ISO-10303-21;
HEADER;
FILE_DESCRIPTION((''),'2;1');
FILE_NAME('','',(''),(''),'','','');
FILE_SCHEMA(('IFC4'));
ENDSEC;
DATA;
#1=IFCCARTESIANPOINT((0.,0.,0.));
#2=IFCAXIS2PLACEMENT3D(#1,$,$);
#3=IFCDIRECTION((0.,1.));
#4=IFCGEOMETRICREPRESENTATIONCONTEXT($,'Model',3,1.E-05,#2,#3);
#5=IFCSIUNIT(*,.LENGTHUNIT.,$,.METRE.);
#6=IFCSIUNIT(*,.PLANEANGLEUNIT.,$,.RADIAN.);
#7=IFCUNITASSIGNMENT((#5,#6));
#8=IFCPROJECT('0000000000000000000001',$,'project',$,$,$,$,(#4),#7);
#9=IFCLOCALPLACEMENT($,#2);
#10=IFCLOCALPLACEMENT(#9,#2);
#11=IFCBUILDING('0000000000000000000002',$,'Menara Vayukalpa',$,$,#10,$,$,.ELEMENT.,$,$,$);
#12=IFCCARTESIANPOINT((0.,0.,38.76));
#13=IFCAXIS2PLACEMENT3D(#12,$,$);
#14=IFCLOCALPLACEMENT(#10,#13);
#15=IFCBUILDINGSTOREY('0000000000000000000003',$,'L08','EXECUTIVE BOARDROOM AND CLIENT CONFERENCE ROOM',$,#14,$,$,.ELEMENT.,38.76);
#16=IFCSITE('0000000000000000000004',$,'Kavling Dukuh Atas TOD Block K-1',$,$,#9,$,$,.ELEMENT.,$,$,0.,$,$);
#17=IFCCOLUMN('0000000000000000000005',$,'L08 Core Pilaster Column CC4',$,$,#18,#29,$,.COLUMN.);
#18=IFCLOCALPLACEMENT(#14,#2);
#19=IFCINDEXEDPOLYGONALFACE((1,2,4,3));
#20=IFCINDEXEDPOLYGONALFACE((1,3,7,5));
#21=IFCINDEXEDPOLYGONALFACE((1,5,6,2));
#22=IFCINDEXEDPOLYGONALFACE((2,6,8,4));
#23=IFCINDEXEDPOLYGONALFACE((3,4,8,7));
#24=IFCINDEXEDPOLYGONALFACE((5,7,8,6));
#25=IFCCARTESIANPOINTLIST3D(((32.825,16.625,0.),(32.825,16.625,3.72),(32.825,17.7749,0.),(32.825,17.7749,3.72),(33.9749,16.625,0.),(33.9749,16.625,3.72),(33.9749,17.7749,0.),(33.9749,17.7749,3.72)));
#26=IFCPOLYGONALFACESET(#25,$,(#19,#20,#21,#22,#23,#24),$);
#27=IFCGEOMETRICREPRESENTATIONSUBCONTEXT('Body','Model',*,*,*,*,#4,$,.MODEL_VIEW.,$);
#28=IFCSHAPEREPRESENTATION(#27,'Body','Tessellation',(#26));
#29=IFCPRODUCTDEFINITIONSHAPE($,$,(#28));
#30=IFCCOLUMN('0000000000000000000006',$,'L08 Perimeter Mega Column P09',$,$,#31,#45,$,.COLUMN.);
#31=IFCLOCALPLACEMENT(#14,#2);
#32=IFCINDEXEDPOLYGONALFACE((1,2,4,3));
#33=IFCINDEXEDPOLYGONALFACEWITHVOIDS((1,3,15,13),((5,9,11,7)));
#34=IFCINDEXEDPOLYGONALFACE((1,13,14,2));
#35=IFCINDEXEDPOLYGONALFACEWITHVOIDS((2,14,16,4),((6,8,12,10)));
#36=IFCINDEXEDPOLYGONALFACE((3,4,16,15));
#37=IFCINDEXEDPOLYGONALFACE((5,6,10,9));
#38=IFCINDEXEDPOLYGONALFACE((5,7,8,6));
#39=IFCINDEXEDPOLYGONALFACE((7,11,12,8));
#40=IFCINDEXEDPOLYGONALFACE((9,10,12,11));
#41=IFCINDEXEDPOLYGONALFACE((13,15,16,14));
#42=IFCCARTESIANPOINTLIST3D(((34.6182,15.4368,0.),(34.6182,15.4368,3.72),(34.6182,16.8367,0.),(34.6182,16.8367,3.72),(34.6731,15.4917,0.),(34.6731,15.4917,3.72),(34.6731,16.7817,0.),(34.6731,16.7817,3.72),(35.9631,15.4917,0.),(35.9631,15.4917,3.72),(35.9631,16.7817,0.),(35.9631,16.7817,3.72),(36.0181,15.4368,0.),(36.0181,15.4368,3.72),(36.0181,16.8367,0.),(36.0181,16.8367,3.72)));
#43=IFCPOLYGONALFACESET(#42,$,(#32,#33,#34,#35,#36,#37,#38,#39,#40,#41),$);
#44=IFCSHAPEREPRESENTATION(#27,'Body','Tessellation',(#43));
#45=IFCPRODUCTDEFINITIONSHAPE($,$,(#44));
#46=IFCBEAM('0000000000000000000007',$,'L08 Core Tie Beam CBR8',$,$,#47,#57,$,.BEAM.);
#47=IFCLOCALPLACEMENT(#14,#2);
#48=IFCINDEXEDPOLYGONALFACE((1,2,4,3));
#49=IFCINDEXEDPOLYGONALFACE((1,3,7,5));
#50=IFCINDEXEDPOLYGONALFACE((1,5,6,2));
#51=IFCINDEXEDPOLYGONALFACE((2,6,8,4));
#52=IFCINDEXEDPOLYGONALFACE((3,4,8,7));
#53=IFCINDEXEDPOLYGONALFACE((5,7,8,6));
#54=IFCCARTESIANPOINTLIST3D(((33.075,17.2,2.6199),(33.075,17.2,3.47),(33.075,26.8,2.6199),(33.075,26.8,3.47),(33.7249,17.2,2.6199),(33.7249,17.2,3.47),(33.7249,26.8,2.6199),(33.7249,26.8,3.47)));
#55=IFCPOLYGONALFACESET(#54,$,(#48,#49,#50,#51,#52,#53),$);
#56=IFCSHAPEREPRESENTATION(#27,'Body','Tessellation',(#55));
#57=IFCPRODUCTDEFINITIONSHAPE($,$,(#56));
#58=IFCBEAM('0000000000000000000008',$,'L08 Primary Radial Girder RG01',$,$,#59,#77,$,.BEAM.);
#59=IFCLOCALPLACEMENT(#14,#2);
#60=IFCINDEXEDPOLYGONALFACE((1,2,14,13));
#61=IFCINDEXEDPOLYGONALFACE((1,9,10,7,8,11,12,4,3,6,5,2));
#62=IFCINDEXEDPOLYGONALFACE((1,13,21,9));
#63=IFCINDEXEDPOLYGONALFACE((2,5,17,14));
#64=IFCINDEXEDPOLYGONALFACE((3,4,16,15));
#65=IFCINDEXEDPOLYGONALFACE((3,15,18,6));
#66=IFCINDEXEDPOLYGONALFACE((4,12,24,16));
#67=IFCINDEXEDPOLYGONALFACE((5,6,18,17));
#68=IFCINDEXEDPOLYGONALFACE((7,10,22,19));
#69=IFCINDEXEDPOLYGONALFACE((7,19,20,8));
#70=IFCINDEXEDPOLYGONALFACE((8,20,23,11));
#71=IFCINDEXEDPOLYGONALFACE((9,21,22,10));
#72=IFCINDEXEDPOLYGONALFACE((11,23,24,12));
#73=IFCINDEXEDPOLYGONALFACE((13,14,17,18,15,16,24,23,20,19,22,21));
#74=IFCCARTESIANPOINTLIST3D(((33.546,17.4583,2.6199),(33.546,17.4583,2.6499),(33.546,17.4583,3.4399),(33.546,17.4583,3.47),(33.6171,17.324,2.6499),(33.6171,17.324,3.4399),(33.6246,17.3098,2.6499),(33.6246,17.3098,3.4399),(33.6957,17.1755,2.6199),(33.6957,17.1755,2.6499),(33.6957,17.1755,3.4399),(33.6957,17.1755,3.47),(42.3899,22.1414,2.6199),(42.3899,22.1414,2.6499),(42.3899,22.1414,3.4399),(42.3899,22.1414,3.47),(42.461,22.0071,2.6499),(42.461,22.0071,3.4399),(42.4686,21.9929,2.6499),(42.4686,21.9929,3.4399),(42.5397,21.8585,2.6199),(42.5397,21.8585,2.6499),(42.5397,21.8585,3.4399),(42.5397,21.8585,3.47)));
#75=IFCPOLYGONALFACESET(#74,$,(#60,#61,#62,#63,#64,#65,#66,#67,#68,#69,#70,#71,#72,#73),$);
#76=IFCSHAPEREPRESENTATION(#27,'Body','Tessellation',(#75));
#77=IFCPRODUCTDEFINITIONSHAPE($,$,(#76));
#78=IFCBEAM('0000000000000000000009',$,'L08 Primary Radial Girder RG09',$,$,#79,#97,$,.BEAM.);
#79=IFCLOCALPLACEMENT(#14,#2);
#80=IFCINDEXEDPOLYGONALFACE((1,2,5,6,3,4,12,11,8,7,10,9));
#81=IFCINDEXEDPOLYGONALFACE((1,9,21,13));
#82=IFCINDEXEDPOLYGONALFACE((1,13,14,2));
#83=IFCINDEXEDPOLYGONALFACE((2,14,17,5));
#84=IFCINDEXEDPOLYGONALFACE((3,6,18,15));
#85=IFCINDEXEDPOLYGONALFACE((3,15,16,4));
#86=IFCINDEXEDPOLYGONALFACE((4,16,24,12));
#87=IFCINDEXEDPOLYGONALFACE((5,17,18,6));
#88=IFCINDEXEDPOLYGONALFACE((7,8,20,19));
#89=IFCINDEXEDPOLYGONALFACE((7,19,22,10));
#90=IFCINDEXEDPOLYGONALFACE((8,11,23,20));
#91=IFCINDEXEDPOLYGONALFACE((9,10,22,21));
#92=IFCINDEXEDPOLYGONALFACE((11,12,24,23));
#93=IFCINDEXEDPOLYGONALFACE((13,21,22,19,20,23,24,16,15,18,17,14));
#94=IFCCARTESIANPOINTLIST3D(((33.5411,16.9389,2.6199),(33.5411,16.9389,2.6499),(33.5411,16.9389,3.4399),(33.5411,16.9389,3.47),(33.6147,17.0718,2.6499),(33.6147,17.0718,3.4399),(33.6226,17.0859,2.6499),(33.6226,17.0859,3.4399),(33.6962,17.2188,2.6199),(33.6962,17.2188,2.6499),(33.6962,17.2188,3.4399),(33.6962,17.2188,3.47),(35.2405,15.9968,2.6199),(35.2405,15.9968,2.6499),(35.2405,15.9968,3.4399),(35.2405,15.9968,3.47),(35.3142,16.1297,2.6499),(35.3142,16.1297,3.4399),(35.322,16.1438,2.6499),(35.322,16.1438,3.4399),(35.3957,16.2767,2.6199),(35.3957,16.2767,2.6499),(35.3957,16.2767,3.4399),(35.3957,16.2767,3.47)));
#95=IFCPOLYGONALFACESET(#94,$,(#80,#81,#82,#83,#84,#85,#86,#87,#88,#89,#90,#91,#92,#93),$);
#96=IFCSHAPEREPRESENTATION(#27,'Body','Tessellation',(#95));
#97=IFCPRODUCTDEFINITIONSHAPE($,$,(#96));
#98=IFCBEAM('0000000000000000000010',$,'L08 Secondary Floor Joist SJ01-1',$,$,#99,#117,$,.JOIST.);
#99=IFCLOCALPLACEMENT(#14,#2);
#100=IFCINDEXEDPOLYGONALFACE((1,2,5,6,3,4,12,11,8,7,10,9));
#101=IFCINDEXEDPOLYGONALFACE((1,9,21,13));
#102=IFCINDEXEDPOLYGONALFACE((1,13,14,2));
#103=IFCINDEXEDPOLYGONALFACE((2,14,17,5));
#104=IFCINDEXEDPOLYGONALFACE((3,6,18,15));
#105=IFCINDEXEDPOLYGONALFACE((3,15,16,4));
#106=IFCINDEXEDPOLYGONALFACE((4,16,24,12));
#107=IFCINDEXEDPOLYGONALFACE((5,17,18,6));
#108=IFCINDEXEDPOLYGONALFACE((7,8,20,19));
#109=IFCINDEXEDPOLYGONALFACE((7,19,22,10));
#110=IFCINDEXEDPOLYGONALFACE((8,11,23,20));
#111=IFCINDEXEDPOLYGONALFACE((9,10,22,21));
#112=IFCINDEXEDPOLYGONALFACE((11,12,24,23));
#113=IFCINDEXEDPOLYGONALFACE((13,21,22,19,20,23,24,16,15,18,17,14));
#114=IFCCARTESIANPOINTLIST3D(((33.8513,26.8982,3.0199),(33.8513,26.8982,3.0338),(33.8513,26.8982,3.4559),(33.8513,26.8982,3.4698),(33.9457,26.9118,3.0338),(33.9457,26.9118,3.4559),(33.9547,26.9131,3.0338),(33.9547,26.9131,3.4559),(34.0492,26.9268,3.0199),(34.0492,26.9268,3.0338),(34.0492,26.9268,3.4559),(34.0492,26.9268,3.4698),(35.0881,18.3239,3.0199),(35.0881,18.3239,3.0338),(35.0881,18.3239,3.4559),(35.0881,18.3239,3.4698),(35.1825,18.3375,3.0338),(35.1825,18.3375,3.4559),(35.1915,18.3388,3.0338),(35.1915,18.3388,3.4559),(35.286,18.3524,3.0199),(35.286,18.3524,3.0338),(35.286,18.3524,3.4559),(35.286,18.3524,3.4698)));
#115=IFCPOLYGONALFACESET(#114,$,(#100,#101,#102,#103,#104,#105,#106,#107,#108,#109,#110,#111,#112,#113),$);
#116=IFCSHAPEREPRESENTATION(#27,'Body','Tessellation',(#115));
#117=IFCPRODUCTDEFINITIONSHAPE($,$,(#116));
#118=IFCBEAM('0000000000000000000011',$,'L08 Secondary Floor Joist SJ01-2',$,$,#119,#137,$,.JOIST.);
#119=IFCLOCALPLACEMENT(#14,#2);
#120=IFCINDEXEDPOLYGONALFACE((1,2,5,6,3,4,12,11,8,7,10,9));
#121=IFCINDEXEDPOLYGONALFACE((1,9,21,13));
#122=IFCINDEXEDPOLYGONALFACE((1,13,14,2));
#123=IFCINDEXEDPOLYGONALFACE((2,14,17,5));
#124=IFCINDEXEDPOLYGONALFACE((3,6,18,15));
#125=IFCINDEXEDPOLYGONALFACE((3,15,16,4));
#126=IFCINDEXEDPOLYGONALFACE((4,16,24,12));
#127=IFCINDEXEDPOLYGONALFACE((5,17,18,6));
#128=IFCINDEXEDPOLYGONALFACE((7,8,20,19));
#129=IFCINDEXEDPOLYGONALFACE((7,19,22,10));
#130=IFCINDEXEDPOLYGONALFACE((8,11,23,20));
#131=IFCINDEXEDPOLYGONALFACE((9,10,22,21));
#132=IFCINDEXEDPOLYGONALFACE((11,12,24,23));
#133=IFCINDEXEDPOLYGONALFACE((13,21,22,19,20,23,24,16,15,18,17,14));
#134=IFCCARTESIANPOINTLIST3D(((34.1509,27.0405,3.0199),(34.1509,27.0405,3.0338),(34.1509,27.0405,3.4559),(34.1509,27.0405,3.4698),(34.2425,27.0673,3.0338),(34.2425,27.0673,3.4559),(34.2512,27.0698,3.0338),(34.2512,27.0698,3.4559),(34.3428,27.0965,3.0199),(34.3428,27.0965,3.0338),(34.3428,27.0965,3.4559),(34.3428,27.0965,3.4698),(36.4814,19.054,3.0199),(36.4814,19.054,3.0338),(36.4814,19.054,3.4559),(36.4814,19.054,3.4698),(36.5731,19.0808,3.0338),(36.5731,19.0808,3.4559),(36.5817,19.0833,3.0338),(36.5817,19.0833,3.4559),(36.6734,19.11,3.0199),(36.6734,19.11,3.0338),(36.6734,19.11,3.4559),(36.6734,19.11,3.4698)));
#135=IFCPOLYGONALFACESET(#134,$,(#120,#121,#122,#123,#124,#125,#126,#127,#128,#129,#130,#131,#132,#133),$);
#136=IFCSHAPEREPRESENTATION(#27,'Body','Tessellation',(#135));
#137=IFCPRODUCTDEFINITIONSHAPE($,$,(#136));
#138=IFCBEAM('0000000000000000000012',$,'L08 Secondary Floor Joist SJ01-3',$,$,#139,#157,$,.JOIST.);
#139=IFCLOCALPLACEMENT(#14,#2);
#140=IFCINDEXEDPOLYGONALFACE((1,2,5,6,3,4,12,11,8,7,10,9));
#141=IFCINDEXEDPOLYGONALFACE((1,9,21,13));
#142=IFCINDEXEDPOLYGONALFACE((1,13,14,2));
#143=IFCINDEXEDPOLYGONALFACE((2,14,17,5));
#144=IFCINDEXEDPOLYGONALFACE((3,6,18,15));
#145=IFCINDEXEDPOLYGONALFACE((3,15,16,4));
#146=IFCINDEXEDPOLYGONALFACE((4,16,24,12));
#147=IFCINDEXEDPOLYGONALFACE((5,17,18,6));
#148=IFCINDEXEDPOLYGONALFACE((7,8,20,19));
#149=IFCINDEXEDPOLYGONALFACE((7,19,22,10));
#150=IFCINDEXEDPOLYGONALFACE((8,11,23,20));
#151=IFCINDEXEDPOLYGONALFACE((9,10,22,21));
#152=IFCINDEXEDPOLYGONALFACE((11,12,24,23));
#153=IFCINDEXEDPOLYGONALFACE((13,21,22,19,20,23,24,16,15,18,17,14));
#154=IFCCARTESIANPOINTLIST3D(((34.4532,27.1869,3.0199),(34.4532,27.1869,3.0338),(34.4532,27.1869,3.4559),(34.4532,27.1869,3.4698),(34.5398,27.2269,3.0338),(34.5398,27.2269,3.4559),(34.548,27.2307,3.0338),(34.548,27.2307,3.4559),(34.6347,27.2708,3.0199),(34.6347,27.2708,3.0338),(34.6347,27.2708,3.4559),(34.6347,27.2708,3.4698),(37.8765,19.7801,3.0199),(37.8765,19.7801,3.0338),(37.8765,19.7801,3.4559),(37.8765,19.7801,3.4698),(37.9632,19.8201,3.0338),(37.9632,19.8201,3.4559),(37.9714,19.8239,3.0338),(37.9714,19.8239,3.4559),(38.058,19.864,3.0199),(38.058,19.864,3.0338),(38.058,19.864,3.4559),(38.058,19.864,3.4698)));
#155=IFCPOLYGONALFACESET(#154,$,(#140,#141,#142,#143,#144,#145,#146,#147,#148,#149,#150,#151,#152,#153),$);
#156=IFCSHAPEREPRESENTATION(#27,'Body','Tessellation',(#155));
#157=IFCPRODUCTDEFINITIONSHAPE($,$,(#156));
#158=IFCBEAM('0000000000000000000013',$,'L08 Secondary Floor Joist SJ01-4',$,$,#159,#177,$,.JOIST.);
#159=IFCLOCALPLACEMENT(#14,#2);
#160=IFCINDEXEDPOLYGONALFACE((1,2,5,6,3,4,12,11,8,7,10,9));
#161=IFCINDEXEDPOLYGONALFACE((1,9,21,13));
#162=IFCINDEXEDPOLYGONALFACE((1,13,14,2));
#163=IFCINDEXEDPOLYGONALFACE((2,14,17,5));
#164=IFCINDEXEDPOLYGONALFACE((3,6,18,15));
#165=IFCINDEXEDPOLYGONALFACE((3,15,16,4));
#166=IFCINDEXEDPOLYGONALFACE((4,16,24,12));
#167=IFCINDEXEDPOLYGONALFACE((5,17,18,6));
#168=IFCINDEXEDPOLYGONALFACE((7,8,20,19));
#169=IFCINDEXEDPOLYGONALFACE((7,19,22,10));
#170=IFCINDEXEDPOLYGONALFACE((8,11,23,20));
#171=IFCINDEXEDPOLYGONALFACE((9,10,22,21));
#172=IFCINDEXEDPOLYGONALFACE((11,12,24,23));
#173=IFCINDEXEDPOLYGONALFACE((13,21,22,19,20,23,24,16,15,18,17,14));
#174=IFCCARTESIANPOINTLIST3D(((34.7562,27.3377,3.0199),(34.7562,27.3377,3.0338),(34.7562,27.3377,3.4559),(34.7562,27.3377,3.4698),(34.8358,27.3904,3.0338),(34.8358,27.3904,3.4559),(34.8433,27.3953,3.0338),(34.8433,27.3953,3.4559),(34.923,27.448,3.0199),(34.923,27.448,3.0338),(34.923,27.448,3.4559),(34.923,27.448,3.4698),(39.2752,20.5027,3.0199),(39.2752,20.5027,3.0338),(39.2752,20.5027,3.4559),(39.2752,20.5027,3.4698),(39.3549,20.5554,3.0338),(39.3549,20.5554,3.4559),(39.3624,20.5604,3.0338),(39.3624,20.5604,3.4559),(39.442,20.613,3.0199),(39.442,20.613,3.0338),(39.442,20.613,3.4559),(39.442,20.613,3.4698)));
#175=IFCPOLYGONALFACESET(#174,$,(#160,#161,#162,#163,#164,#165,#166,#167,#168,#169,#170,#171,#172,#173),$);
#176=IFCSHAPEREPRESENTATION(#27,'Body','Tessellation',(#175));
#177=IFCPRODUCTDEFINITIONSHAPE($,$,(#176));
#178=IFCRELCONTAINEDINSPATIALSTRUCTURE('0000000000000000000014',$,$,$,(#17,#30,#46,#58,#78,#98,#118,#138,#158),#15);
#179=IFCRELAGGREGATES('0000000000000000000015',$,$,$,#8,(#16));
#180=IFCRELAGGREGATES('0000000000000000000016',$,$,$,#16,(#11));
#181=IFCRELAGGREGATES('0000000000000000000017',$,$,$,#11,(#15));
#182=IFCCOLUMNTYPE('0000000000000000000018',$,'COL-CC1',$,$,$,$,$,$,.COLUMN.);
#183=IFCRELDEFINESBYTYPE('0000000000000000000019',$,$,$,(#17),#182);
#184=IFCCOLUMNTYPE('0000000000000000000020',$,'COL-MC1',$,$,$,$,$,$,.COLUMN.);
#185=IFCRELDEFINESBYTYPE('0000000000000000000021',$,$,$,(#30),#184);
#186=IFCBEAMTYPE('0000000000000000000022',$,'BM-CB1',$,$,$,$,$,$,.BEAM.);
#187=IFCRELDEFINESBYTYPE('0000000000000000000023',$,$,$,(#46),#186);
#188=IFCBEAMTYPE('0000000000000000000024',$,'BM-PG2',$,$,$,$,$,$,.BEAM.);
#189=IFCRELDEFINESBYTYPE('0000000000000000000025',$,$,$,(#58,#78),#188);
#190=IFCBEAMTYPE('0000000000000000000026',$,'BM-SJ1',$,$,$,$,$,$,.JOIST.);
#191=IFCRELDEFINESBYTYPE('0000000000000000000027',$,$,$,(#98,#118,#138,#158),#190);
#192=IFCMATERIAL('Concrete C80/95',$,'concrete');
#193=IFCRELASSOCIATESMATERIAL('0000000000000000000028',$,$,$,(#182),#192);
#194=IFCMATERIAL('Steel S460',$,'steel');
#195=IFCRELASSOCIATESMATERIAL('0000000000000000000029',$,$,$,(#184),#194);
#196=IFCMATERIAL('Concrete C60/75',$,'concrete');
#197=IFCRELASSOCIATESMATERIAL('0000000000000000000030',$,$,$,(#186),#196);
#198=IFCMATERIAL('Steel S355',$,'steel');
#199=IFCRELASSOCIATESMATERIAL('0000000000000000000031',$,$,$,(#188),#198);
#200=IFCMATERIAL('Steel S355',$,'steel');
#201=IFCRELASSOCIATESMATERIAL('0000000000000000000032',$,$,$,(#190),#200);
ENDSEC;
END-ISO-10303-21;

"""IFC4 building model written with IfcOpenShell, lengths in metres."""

from ifc_helpers import new_model, si_unit, direction, frame, origin, origin_2d, place, context, subcontext, project, spatial, rectangle, hollow_rectangle, i_section, extrude, material, material_profile, profile_set, type_object, element, save


model = new_model("IFC4")

# Units and contexts
model_context = context("Model", 3, precision=1e-05, world=origin(), true_north=direction((0.0, 1.0)))
body_context = subcontext(model_context, "Body", "Model", "MODEL_VIEW")
ifc_project = project(units=[si_unit("LENGTHUNIT", "METRE"), si_unit("PLANEANGLEUNIT", "RADIAN")], contexts=[model_context])

# Site, building, storey
site_placement = place(None, origin())
site = spatial("IfcSite", under=ifc_project, at=site_placement, Name="Kavling Dukuh Atas TOD Block K-1", CompositionType="ELEMENT", RefElevation=0.0)
building_placement = place(site_placement, origin())
building = spatial("IfcBuilding", under=site, at=building_placement, Name="Menara Vayukalpa", CompositionType="ELEMENT")
storey_placement = place(building_placement, frame((0.0, 0.0, 38.76)))
storey = spatial("IfcBuildingStorey", under=building, at=storey_placement, Name="L08", Description="EXECUTIVE BOARDROOM AND CLIENT CONFERENCE ROOM", CompositionType="ELEMENT", Elevation=38.76)

# Columns
ifc_material_1 = material(Name="Concrete C80/95", Category="concrete")
ifc_material_profile_1 = material_profile(ifc_material_1, rectangle(XDim=1.1499, YDim=1.1499, at=origin_2d()), Name="RC 1150x1150")
ifc_profile_set_1 = profile_set([ifc_material_profile_1], Name="Concrete C80/95")
column_type_1 = type_object("IfcColumnType", Name="COL-CC1", PredefinedType="COLUMN", material=ifc_profile_set_1)
column_1_placement = place(storey_placement, frame((33.3999, 17.2, 0.0), z_axis=(0.0, 0.0, 1.0), x_axis=(1.0, 0.0, 0.0)))
element("IfcColumn", 1, at=column_1_placement, inside=storey, type_object=column_type_1, Name="L08 Core Pilaster Column CC4", PredefinedType="COLUMN", context=body_context, shape_type="SweptSolid", body=[
    extrude(rectangle(XDim=1.1499, YDim=1.1499, at=origin_2d()), origin(), (0.0, 0.0, 1.0), 3.72),
])
ifc_material_2 = material(Name="Steel S460", Category="steel")
ifc_material_profile_2 = material_profile(ifc_material_2, hollow_rectangle(XDim=1.3999, YDim=1.3999, WallThickness=0.0549, at=origin_2d()), Name="BOX 1400x1400x55")
ifc_profile_set_2 = profile_set([ifc_material_profile_2], Name="Steel S460")
column_type_2 = type_object("IfcColumnType", Name="COL-MC1", PredefinedType="COLUMN", material=ifc_profile_set_2)
column_2_placement = place(storey_placement, frame((35.3181, 16.1367, 0.0), z_axis=(0.0, 0.0, 1.0), x_axis=(1.0, 0.0, 0.0)))
element("IfcColumn", 2, at=column_2_placement, inside=storey, type_object=column_type_2, Name="L08 Perimeter Mega Column P09", PredefinedType="COLUMN", context=body_context, shape_type="SweptSolid", body=[
    extrude(hollow_rectangle(XDim=1.3999, YDim=1.3999, WallThickness=0.0549, at=origin_2d()), origin(), (0.0, 0.0, 1.0), 3.72),
])

# Beams
ifc_material_3 = material(Name="Concrete C60/75", Category="concrete")
ifc_material_profile_3 = material_profile(ifc_material_3, rectangle(XDim=0.6499, YDim=0.8501, at=origin_2d()), Name="RC 650x850")
ifc_profile_set_3 = profile_set([ifc_material_profile_3], Name="Concrete C60/75")
beam_type_1 = type_object("IfcBeamType", Name="BM-CB1", PredefinedType="BEAM", material=ifc_profile_set_3)
beam_1_placement = place(storey_placement, frame((33.3999, 17.2, 3.0449), z_axis=(0.0, 1.0, 0.0), x_axis=(-1.0, 0.0, 0.0)))
element("IfcBeam", 3, at=beam_1_placement, inside=storey, type_object=beam_type_1, Name="L08 Core Tie Beam CBR8", PredefinedType="BEAM", context=body_context, shape_type="SweptSolid", body=[
    extrude(rectangle(XDim=0.6499, YDim=0.8501, at=origin_2d()), origin(), (0.0, 0.0, 1.0), 9.6001),
])
ifc_material_4 = material(Name="Steel S355", Category="steel")
ifc_material_profile_4 = material_profile(ifc_material_4, i_section(OverallWidth=0.3201, OverallDepth=0.8501, WebThickness=0.0161, FlangeThickness=0.03, at=origin_2d()), Name="WF 850x320x16x30")
ifc_profile_set_4 = profile_set([ifc_material_profile_4], Name="Steel S355")
beam_type_2 = type_object("IfcBeamType", Name="BM-PG2", PredefinedType="BEAM", material=ifc_profile_set_4)
beam_2_placement = place(storey_placement, frame((33.6208, 17.3169, 3.0449), z_axis=(0.883747, 0.467965, 0.0), x_axis=(-0.467965, 0.883747, 0.0)))
element("IfcBeam", 4, at=beam_2_placement, inside=storey, type_object=beam_type_2, Name="L08 Primary Radial Girder RG01", PredefinedType="BEAM", context=body_context, shape_type="SweptSolid", body=[
    extrude(i_section(OverallWidth=0.3201, OverallDepth=0.8501, WebThickness=0.0161, FlangeThickness=0.03, at=origin_2d()), origin(), (0.0, 0.0, 1.0), 10.0073),
])
beam_3_placement = place(storey_placement, frame((33.6187, 17.0789, 3.0449), z_axis=(0.874595, -0.484853, 0.0), x_axis=(0.484853, 0.874595, 0.0)))
element("IfcBeam", 5, at=beam_3_placement, inside=storey, type_object=beam_type_2, Name="L08 Primary Radial Girder RG09", PredefinedType="BEAM", context=body_context, shape_type="SweptSolid", body=[
    extrude(i_section(OverallWidth=0.3201, OverallDepth=0.8501, WebThickness=0.0161, FlangeThickness=0.03, at=origin_2d()), origin(), (0.0, 0.0, 1.0), 1.9431),
])
ifc_material_5 = material(Name="Steel S355", Category="steel")
ifc_material_profile_5 = material_profile(ifc_material_5, i_section(OverallWidth=0.2, OverallDepth=0.45, WebThickness=0.009, FlangeThickness=0.0139, at=origin_2d()), Name="WF 450x200x9x14")
ifc_profile_set_5 = profile_set([ifc_material_profile_5], Name="Steel S355")
beam_type_3 = type_object("IfcBeamType", Name="BM-SJ1", PredefinedType="JOIST", material=ifc_profile_set_5)
beam_4_placement = place(storey_placement, frame((35.187, 18.3381, 3.2449), z_axis=(-0.142767, 0.989756, 0.0), x_axis=(-0.989756, -0.142767, 0.0)))
element("IfcBeam", 6, at=beam_4_placement, inside=storey, type_object=beam_type_3, Name="L08 Secondary Floor Joist SJ01-1", PredefinedType="JOIST", context=body_context, shape_type="SweptSolid", body=[
    extrude(i_section(OverallWidth=0.2, OverallDepth=0.45, WebThickness=0.009, FlangeThickness=0.0139, at=origin_2d()), origin(), (0.0, 0.0, 1.0), 8.6631),
])
beam_5_placement = place(storey_placement, frame((36.5774, 19.082, 3.2449), z_axis=(-0.280127, 0.959963, 0.0), x_axis=(-0.959963, -0.280127, 0.0)))
element("IfcBeam", 7, at=beam_5_placement, inside=storey, type_object=beam_type_3, Name="L08 Secondary Floor Joist SJ01-2", PredefinedType="JOIST", context=body_context, shape_type="SweptSolid", body=[
    extrude(i_section(OverallWidth=0.2, OverallDepth=0.45, WebThickness=0.009, FlangeThickness=0.0139, at=origin_2d()), origin(), (0.0, 0.0, 1.0), 8.3196),
])
beam_6_placement = place(storey_placement, frame((37.9673, 19.822, 3.2449), z_axis=(-0.419548, 0.907733, 0.0), x_axis=(-0.907733, -0.419548, 0.0)))
element("IfcBeam", 8, at=beam_6_placement, inside=storey, type_object=beam_type_3, Name="L08 Secondary Floor Joist SJ01-3", PredefinedType="JOIST", context=body_context, shape_type="SweptSolid", body=[
    extrude(i_section(OverallWidth=0.2, OverallDepth=0.45, WebThickness=0.009, FlangeThickness=0.0139, at=origin_2d()), origin(), (0.0, 0.0, 1.0), 8.1597),
])
beam_7_placement = place(storey_placement, frame((39.3586, 20.5579, 3.2449), z_axis=(-0.551519, 0.834162, 0.0), x_axis=(-0.834162, -0.551519, 0.0)))
element("IfcBeam", 9, at=beam_7_placement, inside=storey, type_object=beam_type_3, Name="L08 Secondary Floor Joist SJ01-4", PredefinedType="JOIST", context=body_context, shape_type="SweptSolid", body=[
    extrude(i_section(OverallWidth=0.2, OverallDepth=0.45, WebThickness=0.009, FlangeThickness=0.0139, at=origin_2d()), origin(), (0.0, 0.0, 1.0), 8.1938),
])

save(model, "model.ifc")
